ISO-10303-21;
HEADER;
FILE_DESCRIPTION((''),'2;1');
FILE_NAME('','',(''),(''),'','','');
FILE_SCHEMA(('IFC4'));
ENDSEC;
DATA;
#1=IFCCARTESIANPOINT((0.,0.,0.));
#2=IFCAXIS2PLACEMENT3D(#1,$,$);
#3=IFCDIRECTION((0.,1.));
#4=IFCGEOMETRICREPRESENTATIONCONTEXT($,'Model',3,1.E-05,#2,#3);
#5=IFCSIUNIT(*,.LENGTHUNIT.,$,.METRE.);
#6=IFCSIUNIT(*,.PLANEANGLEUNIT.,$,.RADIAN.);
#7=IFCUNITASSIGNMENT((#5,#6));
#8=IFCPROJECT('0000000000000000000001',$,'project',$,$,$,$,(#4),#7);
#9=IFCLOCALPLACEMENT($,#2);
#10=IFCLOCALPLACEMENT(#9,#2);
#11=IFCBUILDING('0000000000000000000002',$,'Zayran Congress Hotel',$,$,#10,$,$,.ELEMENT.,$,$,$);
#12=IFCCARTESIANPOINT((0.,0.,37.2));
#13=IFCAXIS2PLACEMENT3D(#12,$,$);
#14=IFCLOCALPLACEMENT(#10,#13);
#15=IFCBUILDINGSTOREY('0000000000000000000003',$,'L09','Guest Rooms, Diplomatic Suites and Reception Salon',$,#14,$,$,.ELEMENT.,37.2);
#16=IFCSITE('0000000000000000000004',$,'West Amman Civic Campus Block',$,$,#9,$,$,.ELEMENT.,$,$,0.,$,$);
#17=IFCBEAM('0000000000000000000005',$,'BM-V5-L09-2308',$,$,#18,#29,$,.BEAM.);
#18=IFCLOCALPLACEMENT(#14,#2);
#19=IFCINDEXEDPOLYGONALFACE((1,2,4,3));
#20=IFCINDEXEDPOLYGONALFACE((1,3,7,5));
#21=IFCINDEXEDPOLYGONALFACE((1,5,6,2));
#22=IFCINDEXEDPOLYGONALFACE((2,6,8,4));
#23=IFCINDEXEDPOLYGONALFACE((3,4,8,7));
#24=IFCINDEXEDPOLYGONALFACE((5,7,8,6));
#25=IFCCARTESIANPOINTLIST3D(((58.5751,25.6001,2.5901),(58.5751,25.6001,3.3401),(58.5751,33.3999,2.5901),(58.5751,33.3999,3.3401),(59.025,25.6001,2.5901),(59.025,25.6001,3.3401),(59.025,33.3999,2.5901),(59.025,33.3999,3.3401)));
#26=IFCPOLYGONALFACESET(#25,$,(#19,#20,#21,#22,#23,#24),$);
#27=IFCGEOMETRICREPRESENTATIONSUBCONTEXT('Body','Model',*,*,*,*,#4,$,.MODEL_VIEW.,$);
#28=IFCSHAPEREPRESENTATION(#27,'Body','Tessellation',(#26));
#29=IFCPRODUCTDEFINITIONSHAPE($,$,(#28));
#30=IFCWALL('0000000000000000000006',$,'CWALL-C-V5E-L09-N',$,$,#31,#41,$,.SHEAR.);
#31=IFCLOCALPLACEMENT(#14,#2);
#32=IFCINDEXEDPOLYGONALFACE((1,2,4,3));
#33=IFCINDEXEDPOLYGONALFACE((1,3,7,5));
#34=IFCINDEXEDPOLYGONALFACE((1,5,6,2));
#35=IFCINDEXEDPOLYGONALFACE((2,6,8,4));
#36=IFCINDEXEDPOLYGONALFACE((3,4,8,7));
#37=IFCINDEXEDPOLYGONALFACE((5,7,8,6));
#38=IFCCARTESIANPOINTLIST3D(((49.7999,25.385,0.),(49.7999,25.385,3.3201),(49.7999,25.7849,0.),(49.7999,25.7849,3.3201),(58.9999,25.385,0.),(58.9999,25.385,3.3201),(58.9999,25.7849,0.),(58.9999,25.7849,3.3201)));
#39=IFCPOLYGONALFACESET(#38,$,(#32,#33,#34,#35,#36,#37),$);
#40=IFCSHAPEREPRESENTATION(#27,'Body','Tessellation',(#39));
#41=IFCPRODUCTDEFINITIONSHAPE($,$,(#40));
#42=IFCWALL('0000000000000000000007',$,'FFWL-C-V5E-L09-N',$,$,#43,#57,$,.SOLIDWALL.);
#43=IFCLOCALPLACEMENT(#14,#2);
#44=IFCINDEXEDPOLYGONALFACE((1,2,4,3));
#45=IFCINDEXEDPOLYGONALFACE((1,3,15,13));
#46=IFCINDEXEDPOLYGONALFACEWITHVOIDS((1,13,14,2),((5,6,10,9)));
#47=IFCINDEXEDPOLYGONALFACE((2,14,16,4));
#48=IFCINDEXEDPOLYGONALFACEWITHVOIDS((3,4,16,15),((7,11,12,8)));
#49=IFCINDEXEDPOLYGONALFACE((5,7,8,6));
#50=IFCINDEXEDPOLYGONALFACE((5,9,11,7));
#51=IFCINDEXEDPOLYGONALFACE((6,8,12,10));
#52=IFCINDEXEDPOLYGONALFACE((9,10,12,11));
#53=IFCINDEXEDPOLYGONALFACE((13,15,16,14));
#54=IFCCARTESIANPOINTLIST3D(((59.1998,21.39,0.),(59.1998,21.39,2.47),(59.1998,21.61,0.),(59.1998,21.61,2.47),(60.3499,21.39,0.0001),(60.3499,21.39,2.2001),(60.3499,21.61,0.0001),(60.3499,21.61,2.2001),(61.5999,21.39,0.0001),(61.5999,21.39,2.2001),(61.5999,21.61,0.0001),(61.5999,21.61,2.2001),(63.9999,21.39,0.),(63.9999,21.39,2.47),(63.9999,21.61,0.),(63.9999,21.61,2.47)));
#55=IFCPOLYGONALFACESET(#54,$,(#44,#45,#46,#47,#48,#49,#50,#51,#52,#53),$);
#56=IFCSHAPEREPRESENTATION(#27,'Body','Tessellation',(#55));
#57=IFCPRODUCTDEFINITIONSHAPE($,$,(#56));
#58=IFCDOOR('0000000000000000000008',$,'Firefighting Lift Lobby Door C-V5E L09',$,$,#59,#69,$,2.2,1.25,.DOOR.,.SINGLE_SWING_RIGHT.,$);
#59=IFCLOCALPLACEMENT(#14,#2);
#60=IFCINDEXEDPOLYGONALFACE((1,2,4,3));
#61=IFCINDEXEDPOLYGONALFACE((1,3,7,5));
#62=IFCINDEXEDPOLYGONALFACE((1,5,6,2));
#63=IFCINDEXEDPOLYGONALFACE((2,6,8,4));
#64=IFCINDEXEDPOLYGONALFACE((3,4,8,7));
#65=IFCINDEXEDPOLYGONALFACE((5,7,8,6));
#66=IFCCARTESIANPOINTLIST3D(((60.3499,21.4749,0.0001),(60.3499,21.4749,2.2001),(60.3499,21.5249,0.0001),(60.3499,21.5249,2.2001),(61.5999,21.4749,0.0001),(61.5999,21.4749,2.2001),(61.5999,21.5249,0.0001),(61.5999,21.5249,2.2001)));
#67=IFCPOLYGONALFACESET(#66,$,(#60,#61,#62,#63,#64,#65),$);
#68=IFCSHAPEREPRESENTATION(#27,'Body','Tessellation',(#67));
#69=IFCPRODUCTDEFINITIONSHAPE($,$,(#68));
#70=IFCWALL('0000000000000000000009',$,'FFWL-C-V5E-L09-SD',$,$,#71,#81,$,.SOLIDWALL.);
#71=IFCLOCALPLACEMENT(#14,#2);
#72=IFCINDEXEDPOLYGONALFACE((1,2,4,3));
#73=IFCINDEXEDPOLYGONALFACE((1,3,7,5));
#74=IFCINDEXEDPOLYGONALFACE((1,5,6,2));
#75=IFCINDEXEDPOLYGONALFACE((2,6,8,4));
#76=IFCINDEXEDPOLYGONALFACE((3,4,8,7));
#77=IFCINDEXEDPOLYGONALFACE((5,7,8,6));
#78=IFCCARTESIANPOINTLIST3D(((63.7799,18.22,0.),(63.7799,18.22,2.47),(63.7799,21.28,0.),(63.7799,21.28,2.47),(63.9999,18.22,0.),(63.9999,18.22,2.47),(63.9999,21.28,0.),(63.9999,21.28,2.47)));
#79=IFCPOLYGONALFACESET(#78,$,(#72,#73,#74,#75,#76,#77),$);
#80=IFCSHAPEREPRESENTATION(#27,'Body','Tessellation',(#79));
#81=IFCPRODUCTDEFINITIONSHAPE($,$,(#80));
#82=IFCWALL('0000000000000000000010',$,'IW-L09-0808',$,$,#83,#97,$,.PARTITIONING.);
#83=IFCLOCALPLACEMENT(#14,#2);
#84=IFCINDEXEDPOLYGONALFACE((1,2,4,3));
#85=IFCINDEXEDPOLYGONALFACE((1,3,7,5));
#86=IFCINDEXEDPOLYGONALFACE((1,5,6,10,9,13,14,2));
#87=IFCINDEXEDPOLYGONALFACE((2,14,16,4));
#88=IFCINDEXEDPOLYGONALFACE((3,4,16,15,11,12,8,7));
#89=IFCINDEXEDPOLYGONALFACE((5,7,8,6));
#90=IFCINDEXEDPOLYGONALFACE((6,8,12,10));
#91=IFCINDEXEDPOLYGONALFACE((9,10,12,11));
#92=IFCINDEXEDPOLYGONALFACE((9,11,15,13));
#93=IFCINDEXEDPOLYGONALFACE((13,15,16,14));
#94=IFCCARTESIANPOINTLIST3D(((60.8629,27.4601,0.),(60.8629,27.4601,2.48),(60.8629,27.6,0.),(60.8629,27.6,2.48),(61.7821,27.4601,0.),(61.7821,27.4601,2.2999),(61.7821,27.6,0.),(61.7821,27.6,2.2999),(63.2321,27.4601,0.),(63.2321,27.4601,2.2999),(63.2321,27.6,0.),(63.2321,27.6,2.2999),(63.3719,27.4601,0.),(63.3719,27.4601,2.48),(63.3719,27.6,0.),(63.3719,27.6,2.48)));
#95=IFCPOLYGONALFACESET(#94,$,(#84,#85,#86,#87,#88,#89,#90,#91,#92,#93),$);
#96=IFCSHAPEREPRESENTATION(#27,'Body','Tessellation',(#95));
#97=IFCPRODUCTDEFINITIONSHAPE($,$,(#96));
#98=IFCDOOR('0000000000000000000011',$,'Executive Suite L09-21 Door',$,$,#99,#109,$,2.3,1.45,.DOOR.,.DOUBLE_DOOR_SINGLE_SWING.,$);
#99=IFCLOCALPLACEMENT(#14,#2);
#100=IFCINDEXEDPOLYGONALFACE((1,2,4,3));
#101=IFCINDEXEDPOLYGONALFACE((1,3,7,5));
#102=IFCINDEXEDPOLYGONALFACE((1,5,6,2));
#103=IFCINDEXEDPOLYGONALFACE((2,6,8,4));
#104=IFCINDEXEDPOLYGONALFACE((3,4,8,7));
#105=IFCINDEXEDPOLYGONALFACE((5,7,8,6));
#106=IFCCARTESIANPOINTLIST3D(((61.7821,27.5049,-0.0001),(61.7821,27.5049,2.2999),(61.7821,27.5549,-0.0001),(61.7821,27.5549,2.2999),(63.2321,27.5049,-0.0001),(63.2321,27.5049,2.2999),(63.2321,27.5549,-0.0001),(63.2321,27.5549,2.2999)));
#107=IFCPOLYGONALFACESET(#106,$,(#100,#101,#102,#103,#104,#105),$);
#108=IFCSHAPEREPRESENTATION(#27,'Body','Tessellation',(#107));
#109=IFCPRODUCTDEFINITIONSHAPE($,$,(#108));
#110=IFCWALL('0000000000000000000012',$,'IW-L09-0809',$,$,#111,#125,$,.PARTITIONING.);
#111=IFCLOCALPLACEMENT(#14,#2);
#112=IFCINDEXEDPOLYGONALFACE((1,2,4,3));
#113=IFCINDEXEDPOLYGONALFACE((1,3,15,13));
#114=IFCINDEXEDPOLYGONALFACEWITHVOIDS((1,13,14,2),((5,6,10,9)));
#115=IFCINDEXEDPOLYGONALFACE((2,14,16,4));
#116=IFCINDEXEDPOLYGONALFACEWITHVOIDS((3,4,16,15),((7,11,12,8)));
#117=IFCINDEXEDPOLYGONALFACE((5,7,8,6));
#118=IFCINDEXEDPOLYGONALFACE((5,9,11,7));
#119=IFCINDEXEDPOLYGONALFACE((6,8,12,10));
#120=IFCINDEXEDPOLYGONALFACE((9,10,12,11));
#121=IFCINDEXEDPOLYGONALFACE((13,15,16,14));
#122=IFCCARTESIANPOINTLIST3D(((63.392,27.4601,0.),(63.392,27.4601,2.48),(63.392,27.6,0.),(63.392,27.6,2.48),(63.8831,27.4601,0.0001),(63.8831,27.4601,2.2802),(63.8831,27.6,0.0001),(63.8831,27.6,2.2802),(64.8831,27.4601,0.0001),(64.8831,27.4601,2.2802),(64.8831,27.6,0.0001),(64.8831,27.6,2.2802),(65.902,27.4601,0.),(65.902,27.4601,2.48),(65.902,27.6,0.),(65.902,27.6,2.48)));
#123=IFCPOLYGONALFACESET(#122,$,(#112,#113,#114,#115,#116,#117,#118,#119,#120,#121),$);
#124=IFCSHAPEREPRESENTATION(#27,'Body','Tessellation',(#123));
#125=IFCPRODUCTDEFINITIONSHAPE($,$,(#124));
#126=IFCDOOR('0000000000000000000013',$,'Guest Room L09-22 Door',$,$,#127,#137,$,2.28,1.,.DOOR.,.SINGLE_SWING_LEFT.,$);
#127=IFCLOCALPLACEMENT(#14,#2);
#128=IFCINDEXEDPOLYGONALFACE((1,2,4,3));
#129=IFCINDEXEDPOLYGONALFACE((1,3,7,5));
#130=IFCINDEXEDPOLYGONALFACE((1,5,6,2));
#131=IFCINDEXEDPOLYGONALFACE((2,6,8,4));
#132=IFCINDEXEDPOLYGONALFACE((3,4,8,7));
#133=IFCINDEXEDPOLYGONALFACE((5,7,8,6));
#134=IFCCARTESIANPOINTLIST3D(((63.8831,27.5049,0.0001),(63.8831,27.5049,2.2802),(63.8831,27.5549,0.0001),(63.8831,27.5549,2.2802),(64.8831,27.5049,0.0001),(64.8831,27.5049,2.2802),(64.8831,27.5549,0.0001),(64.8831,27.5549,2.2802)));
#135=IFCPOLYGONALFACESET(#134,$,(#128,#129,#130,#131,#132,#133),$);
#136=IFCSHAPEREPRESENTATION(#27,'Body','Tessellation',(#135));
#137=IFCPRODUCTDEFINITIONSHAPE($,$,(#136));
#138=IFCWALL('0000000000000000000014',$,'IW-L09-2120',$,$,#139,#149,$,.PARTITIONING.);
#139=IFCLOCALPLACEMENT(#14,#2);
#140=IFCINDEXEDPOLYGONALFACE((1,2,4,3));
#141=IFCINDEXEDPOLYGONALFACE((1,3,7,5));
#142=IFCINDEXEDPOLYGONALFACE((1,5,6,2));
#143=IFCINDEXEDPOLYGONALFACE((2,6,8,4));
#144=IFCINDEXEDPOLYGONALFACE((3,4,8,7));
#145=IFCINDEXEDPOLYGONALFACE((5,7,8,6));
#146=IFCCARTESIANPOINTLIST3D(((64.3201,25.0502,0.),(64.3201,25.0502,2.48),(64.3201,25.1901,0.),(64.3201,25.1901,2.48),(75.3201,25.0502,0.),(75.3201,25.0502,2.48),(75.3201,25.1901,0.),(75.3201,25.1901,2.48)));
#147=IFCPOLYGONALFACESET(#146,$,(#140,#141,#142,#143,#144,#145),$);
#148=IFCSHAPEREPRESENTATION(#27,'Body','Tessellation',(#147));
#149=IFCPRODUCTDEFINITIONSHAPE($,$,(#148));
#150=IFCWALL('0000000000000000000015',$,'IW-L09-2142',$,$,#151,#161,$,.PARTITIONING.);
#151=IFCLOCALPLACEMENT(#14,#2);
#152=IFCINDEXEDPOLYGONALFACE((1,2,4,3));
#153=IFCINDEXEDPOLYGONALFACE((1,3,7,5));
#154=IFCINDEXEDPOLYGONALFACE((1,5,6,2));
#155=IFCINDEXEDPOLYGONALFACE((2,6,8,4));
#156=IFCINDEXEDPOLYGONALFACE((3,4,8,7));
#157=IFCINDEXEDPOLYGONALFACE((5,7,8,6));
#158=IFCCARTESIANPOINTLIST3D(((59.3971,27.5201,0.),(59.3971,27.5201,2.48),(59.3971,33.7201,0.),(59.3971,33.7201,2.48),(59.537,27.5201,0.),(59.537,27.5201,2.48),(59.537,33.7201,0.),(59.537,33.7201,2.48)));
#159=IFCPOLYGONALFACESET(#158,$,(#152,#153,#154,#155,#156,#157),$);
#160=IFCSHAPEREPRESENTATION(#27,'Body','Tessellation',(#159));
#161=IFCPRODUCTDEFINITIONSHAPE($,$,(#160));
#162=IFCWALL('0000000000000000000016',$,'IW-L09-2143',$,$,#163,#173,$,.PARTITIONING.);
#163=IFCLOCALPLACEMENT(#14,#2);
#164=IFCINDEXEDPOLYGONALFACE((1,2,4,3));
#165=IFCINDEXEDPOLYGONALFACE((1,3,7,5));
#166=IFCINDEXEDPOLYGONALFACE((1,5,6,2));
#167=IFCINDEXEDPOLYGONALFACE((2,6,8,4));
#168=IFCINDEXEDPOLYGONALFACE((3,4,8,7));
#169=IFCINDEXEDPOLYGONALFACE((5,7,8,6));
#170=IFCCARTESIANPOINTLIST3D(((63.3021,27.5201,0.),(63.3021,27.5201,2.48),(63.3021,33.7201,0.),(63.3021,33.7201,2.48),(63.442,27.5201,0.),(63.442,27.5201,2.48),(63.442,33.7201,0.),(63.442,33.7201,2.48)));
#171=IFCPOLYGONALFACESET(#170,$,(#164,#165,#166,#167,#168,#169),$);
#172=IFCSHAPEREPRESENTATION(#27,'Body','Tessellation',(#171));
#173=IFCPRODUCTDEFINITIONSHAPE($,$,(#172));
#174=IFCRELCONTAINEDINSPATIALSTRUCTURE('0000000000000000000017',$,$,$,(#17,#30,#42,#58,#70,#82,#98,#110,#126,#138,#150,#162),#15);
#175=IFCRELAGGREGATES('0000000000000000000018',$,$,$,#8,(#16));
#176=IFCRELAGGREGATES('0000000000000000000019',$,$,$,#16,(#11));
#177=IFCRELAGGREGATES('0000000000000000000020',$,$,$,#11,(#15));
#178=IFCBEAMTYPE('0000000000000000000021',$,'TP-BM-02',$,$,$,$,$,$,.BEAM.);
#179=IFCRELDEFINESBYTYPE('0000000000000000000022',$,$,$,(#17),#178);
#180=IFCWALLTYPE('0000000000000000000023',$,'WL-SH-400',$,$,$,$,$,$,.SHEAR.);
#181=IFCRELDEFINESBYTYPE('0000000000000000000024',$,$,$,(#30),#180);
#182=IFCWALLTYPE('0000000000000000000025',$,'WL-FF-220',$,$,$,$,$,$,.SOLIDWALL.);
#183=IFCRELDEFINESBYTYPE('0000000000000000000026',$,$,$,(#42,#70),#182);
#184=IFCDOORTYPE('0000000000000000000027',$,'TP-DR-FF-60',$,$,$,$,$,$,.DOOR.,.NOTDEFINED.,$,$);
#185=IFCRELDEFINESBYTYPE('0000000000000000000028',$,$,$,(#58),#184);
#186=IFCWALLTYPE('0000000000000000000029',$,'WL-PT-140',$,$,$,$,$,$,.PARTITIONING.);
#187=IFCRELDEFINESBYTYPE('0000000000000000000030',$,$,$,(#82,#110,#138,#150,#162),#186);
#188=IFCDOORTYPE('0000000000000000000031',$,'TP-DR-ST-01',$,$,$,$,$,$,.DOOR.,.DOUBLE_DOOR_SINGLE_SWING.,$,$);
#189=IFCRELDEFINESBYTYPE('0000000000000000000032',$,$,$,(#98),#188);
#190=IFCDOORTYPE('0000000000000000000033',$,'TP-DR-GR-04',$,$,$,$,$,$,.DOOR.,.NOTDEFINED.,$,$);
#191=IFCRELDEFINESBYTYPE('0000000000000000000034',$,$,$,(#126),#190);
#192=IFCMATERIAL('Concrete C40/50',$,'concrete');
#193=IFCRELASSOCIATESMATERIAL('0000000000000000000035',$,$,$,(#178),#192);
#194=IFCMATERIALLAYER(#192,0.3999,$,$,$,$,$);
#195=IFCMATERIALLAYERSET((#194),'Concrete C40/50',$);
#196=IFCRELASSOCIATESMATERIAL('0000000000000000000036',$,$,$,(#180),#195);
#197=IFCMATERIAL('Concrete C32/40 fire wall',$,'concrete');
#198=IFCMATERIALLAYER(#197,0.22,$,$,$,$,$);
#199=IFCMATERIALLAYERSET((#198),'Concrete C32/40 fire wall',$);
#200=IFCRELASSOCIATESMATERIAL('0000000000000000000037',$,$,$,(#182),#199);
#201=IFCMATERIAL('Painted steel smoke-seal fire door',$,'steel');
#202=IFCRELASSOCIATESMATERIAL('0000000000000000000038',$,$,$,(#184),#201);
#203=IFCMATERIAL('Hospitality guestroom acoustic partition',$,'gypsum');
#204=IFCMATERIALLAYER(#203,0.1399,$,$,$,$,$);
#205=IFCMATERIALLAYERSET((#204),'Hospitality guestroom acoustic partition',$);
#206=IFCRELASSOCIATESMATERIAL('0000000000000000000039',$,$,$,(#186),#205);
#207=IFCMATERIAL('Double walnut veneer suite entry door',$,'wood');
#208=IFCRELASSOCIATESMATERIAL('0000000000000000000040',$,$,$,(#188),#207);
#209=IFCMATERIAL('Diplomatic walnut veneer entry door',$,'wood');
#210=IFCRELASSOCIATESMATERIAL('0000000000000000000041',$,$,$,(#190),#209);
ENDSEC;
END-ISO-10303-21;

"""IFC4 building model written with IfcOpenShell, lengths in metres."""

from ifc_helpers import new_model, si_unit, direction, frame, frame_2d, origin, origin_2d, place, context, subcontext, project, spatial, rectangle, extrude, material, layer, layer_set, material_profile, profile_set, type_object, element, fill, save


model = new_model("IFC4")

# Units and contexts
model_context = context("Model", 3, precision=1e-05, world=origin(), true_north=direction((0.0, 1.0)))
body_context = subcontext(model_context, "Body", "Model", "MODEL_VIEW")
ifc_project = project(units=[si_unit("LENGTHUNIT", "METRE"), si_unit("PLANEANGLEUNIT", "RADIAN")], contexts=[model_context])

# Site, building, storey
site_placement = place(None, origin())
site = spatial("IfcSite", under=ifc_project, at=site_placement, Name="West Amman Civic Campus Block", CompositionType="ELEMENT", RefElevation=0.0)
building_placement = place(site_placement, origin())
building = spatial("IfcBuilding", under=site, at=building_placement, Name="Zayran Congress Hotel", CompositionType="ELEMENT")
storey_placement = place(building_placement, frame((0.0, 0.0, 37.2)))
storey = spatial("IfcBuildingStorey", under=building, at=storey_placement, Name="L09", Description="Guest Rooms, Diplomatic Suites and Reception Salon", CompositionType="ELEMENT", Elevation=37.2)

# Beam
ifc_material_1 = material(Name="Concrete C40/50", Category="concrete")
ifc_material_profile = material_profile(ifc_material_1, rectangle(XDim=0.45, YDim=0.75, at=origin_2d()), Name="RC 450x750")
ifc_profile_set = profile_set([ifc_material_profile], Name="Concrete C40/50")
beam_type = type_object("IfcBeamType", Name="TP-BM-02", PredefinedType="BEAM", material=ifc_profile_set)
beam_placement = place(storey_placement, frame((58.8, 25.6001, 2.9651), z_axis=(0.0, 1.0, 0.0), x_axis=(-1.0, 0.0, 0.0)))
element("IfcBeam", 1, at=beam_placement, inside=storey, type_object=beam_type, Name="BM-V5-L09-2308", PredefinedType="BEAM", context=body_context, shape_type="SweptSolid", body=[
    extrude(rectangle(XDim=0.45, YDim=0.75, at=origin_2d()), origin(), (0.0, 0.0, 1.0), 7.7998),
])

# Wall
ifc_layer_1 = layer(ifc_material_1, 0.3999)
ifc_layer_set_1 = layer_set([ifc_layer_1], Name="Concrete C40/50")
wall_type_1 = type_object("IfcWallType", Name="WL-SH-400", PredefinedType="SHEAR", material=ifc_layer_set_1)
wall_1_placement = place(storey_placement, frame((59.0, 25.585, 0.0), z_axis=(0.0, 0.0, 1.0), x_axis=(-1.0, 0.0, 0.0)))
element("IfcWall", 2, at=wall_1_placement, inside=storey, type_object=wall_type_1, Name="CWALL-C-V5E-L09-N", PredefinedType="SHEAR", context=body_context, shape_type="SweptSolid", body=[
    extrude(rectangle(XDim=9.2, YDim=0.3999, at=frame_2d((4.6001, 0.0))), origin(), (0.0, 0.0, 1.0), 3.3201),
])

# Wall, opening, door
ifc_material_2 = material(Name="Concrete C32/40 fire wall", Category="concrete")
ifc_layer_2 = layer(ifc_material_2, 0.22)
ifc_layer_set_2 = layer_set([ifc_layer_2], Name="Concrete C32/40 fire wall")
wall_type_2 = type_object("IfcWallType", Name="WL-FF-220", PredefinedType="SOLIDWALL", material=ifc_layer_set_2)
wall_2_placement = place(storey_placement, frame((59.2, 21.5, 0.0), z_axis=(0.0, 0.0, 1.0), x_axis=(1.0, 0.0, 0.0)))
wall_2 = element("IfcWall", 3, at=wall_2_placement, inside=storey, type_object=wall_type_2, Name="FFWL-C-V5E-L09-N", PredefinedType="SOLIDWALL", context=body_context, shape_type="SweptSolid", body=[
    extrude(rectangle(XDim=4.8, YDim=0.22, at=frame_2d((2.3999, 0.0))), origin(), (0.0, 0.0, 1.0), 2.47),
])
opening_1_placement = place(wall_2_placement, frame((1.1499, 0.0, 0.0)))
opening_1 = element("IfcOpeningElement", 4, at=opening_1_placement, cuts=wall_2, PredefinedType="OPENING", context=body_context, shape_type="SweptSolid", body=[
    extrude(rectangle(XDim=1.25, YDim=2.2, at=frame_2d((0.625, 1.1001))), frame((0.0, 0.1199, 0.0), z_axis=(0.0, -1.0, 0.0), x_axis=(1.0, 0.0, 0.0)), (0.0, 0.0, 1.0), 0.24),
])
ifc_material_3 = material(Name="Painted steel smoke-seal fire door", Category="steel")
door_type_1 = type_object("IfcDoorType", Name="TP-DR-FF-60", OperationType="NOTDEFINED", PredefinedType="DOOR", material=ifc_material_3)
door_1_placement = place(opening_1_placement, origin())
door_1 = element("IfcDoor", 5, at=door_1_placement, inside=storey, type_object=door_type_1, Name="Firefighting Lift Lobby Door C-V5E L09", OperationType="SINGLE_SWING_RIGHT", OverallHeight=2.2, OverallWidth=1.25, PredefinedType="DOOR", context=body_context, shape_type="SweptSolid", body=[
    extrude(rectangle(XDim=1.25, YDim=2.2, at=frame_2d((0.625, 1.1001))), frame((0.0, 0.0249, 0.0), z_axis=(0.0, -1.0, 0.0), x_axis=(1.0, 0.0, 0.0)), (0.0, 0.0, 1.0), 0.05),
])
fill(opening_1, door_1)

# Wall
wall_3_placement = place(storey_placement, frame((63.8899, 18.22, 0.0), z_axis=(0.0, 0.0, 1.0), x_axis=(0.0, 1.0, 0.0)))
element("IfcWall", 6, at=wall_3_placement, inside=storey, type_object=wall_type_2, Name="FFWL-C-V5E-L09-SD", PredefinedType="SOLIDWALL", context=body_context, shape_type="SweptSolid", body=[
    extrude(rectangle(XDim=3.0601, YDim=0.22, at=frame_2d((1.53, 0.0))), origin(), (0.0, 0.0, 1.0), 2.47),
])

# Walls, openings, doors
ifc_material_4 = material(Name="Hospitality guestroom acoustic partition", Category="gypsum")
ifc_layer_3 = layer(ifc_material_4, 0.1399)
ifc_layer_set_3 = layer_set([ifc_layer_3], Name="Hospitality guestroom acoustic partition")
wall_type_3 = type_object("IfcWallType", Name="WL-PT-140", PredefinedType="PARTITIONING", material=ifc_layer_set_3)
wall_4_placement = place(storey_placement, frame((60.863, 27.53, 0.0), z_axis=(0.0, 0.0, 1.0), x_axis=(1.0, 0.0, 0.0)))
wall_4 = element("IfcWall", 7, at=wall_4_placement, inside=storey, type_object=wall_type_3, Name="IW-L09-0808", PredefinedType="PARTITIONING", context=body_context, shape_type="SweptSolid", body=[
    extrude(rectangle(XDim=2.509, YDim=0.1399, at=frame_2d((1.2544, 0.0))), origin(), (0.0, 0.0, 1.0), 2.48),
])
opening_2_placement = place(wall_4_placement, frame((0.9189, 0.0, 0.0)))
opening_2 = element("IfcOpeningElement", 8, at=opening_2_placement, cuts=wall_4, PredefinedType="OPENING", context=body_context, shape_type="SweptSolid", body=[
    extrude(rectangle(XDim=1.45, YDim=2.3, at=frame_2d((0.7251, 1.1499))), frame((0.0, 0.0798, 0.0), z_axis=(0.0, -1.0, 0.0), x_axis=(1.0, 0.0, 0.0)), (0.0, 0.0, 1.0), 0.1599),
])
ifc_material_5 = material(Name="Double walnut veneer suite entry door", Category="wood")
door_type_2 = type_object("IfcDoorType", Name="TP-DR-ST-01", OperationType="DOUBLE_DOOR_SINGLE_SWING", PredefinedType="DOOR", material=ifc_material_5)
door_2_placement = place(opening_2_placement, origin())
door_2 = element("IfcDoor", 9, at=door_2_placement, inside=storey, type_object=door_type_2, Name="Executive Suite L09-21 Door", OperationType="DOUBLE_DOOR_SINGLE_SWING", OverallHeight=2.3, OverallWidth=1.45, PredefinedType="DOOR", context=body_context, shape_type="SweptSolid", body=[
    extrude(rectangle(XDim=1.45, YDim=2.3, at=frame_2d((0.7251, 1.1499))), frame((0.0, 0.0249, 0.0), z_axis=(0.0, -1.0, 0.0), x_axis=(1.0, 0.0, 0.0)), (0.0, 0.0, 1.0), 0.05),
])
fill(opening_2, door_2)
wall_5_placement = place(storey_placement, frame((63.3921, 27.53, 0.0), z_axis=(0.0, 0.0, 1.0), x_axis=(1.0, 0.0, 0.0)))
wall_5 = element("IfcWall", 10, at=wall_5_placement, inside=storey, type_object=wall_type_3, Name="IW-L09-0809", PredefinedType="PARTITIONING", context=body_context, shape_type="SweptSolid", body=[
    extrude(rectangle(XDim=2.51, YDim=0.1399, at=frame_2d((1.2549, 0.0))), origin(), (0.0, 0.0, 1.0), 2.48),
])
opening_3_placement = place(wall_5_placement, frame((0.491, 0.0, 0.0)))
opening_3 = element("IfcOpeningElement", 11, at=opening_3_placement, cuts=wall_5, PredefinedType="OPENING", context=body_context, shape_type="SweptSolid", body=[
    extrude(rectangle(XDim=1.0, YDim=2.28, at=frame_2d((0.5, 1.1401))), frame((0.0, 0.0798, 0.0), z_axis=(0.0, -1.0, 0.0), x_axis=(1.0, 0.0, 0.0)), (0.0, 0.0, 1.0), 0.1599),
])
ifc_material_6 = material(Name="Diplomatic walnut veneer entry door", Category="wood")
door_type_3 = type_object("IfcDoorType", Name="TP-DR-GR-04", OperationType="NOTDEFINED", PredefinedType="DOOR", material=ifc_material_6)
door_3_placement = place(opening_3_placement, origin())
door_3 = element("IfcDoor", 12, at=door_3_placement, inside=storey, type_object=door_type_3, Name="Guest Room L09-22 Door", OperationType="SINGLE_SWING_LEFT", OverallHeight=2.28, OverallWidth=1.0, PredefinedType="DOOR", context=body_context, shape_type="SweptSolid", body=[
    extrude(rectangle(XDim=1.0, YDim=2.28, at=frame_2d((0.5, 1.1401))), frame((0.0, 0.0249, 0.0), z_axis=(0.0, -1.0, 0.0), x_axis=(1.0, 0.0, 0.0)), (0.0, 0.0, 1.0), 0.05),
])
fill(opening_3, door_3)

# Walls
wall_6_placement = place(storey_placement, frame((64.3201, 25.1201, 0.0), z_axis=(0.0, 0.0, 1.0), x_axis=(1.0, 0.0, 0.0)))
element("IfcWall", 13, at=wall_6_placement, inside=storey, type_object=wall_type_3, Name="IW-L09-2120", PredefinedType="PARTITIONING", context=body_context, shape_type="SweptSolid", body=[
    extrude(rectangle(XDim=11.0, YDim=0.1399, at=frame_2d((5.5, 0.0))), origin(), (0.0, 0.0, 1.0), 2.48),
])
for number, where, z_axis, x_axis, name in (
    (14, (59.467, 27.52, 0.0), (0.0, 0.0, 1.0), (0.0, 1.0, 0.0), "IW-L09-2142"),
    (15, (63.3721, 27.52, 0.0), (0.0, 0.0, 1.0), (0.0, 1.0, 0.0), "IW-L09-2143"),
):
    element("IfcWall", number, at=place(storey_placement, frame(where, z_axis=z_axis, x_axis=x_axis)), inside=storey, type_object=wall_type_3, Name=name, PredefinedType="PARTITIONING", context=body_context, shape_type="SweptSolid", body=[
        extrude(rectangle(XDim=6.2, YDim=0.1399, at=frame_2d((3.1001, 0.0))), origin(), (0.0, 0.0, 1.0), 2.48),
    ])

save(model, "model.ifc")
